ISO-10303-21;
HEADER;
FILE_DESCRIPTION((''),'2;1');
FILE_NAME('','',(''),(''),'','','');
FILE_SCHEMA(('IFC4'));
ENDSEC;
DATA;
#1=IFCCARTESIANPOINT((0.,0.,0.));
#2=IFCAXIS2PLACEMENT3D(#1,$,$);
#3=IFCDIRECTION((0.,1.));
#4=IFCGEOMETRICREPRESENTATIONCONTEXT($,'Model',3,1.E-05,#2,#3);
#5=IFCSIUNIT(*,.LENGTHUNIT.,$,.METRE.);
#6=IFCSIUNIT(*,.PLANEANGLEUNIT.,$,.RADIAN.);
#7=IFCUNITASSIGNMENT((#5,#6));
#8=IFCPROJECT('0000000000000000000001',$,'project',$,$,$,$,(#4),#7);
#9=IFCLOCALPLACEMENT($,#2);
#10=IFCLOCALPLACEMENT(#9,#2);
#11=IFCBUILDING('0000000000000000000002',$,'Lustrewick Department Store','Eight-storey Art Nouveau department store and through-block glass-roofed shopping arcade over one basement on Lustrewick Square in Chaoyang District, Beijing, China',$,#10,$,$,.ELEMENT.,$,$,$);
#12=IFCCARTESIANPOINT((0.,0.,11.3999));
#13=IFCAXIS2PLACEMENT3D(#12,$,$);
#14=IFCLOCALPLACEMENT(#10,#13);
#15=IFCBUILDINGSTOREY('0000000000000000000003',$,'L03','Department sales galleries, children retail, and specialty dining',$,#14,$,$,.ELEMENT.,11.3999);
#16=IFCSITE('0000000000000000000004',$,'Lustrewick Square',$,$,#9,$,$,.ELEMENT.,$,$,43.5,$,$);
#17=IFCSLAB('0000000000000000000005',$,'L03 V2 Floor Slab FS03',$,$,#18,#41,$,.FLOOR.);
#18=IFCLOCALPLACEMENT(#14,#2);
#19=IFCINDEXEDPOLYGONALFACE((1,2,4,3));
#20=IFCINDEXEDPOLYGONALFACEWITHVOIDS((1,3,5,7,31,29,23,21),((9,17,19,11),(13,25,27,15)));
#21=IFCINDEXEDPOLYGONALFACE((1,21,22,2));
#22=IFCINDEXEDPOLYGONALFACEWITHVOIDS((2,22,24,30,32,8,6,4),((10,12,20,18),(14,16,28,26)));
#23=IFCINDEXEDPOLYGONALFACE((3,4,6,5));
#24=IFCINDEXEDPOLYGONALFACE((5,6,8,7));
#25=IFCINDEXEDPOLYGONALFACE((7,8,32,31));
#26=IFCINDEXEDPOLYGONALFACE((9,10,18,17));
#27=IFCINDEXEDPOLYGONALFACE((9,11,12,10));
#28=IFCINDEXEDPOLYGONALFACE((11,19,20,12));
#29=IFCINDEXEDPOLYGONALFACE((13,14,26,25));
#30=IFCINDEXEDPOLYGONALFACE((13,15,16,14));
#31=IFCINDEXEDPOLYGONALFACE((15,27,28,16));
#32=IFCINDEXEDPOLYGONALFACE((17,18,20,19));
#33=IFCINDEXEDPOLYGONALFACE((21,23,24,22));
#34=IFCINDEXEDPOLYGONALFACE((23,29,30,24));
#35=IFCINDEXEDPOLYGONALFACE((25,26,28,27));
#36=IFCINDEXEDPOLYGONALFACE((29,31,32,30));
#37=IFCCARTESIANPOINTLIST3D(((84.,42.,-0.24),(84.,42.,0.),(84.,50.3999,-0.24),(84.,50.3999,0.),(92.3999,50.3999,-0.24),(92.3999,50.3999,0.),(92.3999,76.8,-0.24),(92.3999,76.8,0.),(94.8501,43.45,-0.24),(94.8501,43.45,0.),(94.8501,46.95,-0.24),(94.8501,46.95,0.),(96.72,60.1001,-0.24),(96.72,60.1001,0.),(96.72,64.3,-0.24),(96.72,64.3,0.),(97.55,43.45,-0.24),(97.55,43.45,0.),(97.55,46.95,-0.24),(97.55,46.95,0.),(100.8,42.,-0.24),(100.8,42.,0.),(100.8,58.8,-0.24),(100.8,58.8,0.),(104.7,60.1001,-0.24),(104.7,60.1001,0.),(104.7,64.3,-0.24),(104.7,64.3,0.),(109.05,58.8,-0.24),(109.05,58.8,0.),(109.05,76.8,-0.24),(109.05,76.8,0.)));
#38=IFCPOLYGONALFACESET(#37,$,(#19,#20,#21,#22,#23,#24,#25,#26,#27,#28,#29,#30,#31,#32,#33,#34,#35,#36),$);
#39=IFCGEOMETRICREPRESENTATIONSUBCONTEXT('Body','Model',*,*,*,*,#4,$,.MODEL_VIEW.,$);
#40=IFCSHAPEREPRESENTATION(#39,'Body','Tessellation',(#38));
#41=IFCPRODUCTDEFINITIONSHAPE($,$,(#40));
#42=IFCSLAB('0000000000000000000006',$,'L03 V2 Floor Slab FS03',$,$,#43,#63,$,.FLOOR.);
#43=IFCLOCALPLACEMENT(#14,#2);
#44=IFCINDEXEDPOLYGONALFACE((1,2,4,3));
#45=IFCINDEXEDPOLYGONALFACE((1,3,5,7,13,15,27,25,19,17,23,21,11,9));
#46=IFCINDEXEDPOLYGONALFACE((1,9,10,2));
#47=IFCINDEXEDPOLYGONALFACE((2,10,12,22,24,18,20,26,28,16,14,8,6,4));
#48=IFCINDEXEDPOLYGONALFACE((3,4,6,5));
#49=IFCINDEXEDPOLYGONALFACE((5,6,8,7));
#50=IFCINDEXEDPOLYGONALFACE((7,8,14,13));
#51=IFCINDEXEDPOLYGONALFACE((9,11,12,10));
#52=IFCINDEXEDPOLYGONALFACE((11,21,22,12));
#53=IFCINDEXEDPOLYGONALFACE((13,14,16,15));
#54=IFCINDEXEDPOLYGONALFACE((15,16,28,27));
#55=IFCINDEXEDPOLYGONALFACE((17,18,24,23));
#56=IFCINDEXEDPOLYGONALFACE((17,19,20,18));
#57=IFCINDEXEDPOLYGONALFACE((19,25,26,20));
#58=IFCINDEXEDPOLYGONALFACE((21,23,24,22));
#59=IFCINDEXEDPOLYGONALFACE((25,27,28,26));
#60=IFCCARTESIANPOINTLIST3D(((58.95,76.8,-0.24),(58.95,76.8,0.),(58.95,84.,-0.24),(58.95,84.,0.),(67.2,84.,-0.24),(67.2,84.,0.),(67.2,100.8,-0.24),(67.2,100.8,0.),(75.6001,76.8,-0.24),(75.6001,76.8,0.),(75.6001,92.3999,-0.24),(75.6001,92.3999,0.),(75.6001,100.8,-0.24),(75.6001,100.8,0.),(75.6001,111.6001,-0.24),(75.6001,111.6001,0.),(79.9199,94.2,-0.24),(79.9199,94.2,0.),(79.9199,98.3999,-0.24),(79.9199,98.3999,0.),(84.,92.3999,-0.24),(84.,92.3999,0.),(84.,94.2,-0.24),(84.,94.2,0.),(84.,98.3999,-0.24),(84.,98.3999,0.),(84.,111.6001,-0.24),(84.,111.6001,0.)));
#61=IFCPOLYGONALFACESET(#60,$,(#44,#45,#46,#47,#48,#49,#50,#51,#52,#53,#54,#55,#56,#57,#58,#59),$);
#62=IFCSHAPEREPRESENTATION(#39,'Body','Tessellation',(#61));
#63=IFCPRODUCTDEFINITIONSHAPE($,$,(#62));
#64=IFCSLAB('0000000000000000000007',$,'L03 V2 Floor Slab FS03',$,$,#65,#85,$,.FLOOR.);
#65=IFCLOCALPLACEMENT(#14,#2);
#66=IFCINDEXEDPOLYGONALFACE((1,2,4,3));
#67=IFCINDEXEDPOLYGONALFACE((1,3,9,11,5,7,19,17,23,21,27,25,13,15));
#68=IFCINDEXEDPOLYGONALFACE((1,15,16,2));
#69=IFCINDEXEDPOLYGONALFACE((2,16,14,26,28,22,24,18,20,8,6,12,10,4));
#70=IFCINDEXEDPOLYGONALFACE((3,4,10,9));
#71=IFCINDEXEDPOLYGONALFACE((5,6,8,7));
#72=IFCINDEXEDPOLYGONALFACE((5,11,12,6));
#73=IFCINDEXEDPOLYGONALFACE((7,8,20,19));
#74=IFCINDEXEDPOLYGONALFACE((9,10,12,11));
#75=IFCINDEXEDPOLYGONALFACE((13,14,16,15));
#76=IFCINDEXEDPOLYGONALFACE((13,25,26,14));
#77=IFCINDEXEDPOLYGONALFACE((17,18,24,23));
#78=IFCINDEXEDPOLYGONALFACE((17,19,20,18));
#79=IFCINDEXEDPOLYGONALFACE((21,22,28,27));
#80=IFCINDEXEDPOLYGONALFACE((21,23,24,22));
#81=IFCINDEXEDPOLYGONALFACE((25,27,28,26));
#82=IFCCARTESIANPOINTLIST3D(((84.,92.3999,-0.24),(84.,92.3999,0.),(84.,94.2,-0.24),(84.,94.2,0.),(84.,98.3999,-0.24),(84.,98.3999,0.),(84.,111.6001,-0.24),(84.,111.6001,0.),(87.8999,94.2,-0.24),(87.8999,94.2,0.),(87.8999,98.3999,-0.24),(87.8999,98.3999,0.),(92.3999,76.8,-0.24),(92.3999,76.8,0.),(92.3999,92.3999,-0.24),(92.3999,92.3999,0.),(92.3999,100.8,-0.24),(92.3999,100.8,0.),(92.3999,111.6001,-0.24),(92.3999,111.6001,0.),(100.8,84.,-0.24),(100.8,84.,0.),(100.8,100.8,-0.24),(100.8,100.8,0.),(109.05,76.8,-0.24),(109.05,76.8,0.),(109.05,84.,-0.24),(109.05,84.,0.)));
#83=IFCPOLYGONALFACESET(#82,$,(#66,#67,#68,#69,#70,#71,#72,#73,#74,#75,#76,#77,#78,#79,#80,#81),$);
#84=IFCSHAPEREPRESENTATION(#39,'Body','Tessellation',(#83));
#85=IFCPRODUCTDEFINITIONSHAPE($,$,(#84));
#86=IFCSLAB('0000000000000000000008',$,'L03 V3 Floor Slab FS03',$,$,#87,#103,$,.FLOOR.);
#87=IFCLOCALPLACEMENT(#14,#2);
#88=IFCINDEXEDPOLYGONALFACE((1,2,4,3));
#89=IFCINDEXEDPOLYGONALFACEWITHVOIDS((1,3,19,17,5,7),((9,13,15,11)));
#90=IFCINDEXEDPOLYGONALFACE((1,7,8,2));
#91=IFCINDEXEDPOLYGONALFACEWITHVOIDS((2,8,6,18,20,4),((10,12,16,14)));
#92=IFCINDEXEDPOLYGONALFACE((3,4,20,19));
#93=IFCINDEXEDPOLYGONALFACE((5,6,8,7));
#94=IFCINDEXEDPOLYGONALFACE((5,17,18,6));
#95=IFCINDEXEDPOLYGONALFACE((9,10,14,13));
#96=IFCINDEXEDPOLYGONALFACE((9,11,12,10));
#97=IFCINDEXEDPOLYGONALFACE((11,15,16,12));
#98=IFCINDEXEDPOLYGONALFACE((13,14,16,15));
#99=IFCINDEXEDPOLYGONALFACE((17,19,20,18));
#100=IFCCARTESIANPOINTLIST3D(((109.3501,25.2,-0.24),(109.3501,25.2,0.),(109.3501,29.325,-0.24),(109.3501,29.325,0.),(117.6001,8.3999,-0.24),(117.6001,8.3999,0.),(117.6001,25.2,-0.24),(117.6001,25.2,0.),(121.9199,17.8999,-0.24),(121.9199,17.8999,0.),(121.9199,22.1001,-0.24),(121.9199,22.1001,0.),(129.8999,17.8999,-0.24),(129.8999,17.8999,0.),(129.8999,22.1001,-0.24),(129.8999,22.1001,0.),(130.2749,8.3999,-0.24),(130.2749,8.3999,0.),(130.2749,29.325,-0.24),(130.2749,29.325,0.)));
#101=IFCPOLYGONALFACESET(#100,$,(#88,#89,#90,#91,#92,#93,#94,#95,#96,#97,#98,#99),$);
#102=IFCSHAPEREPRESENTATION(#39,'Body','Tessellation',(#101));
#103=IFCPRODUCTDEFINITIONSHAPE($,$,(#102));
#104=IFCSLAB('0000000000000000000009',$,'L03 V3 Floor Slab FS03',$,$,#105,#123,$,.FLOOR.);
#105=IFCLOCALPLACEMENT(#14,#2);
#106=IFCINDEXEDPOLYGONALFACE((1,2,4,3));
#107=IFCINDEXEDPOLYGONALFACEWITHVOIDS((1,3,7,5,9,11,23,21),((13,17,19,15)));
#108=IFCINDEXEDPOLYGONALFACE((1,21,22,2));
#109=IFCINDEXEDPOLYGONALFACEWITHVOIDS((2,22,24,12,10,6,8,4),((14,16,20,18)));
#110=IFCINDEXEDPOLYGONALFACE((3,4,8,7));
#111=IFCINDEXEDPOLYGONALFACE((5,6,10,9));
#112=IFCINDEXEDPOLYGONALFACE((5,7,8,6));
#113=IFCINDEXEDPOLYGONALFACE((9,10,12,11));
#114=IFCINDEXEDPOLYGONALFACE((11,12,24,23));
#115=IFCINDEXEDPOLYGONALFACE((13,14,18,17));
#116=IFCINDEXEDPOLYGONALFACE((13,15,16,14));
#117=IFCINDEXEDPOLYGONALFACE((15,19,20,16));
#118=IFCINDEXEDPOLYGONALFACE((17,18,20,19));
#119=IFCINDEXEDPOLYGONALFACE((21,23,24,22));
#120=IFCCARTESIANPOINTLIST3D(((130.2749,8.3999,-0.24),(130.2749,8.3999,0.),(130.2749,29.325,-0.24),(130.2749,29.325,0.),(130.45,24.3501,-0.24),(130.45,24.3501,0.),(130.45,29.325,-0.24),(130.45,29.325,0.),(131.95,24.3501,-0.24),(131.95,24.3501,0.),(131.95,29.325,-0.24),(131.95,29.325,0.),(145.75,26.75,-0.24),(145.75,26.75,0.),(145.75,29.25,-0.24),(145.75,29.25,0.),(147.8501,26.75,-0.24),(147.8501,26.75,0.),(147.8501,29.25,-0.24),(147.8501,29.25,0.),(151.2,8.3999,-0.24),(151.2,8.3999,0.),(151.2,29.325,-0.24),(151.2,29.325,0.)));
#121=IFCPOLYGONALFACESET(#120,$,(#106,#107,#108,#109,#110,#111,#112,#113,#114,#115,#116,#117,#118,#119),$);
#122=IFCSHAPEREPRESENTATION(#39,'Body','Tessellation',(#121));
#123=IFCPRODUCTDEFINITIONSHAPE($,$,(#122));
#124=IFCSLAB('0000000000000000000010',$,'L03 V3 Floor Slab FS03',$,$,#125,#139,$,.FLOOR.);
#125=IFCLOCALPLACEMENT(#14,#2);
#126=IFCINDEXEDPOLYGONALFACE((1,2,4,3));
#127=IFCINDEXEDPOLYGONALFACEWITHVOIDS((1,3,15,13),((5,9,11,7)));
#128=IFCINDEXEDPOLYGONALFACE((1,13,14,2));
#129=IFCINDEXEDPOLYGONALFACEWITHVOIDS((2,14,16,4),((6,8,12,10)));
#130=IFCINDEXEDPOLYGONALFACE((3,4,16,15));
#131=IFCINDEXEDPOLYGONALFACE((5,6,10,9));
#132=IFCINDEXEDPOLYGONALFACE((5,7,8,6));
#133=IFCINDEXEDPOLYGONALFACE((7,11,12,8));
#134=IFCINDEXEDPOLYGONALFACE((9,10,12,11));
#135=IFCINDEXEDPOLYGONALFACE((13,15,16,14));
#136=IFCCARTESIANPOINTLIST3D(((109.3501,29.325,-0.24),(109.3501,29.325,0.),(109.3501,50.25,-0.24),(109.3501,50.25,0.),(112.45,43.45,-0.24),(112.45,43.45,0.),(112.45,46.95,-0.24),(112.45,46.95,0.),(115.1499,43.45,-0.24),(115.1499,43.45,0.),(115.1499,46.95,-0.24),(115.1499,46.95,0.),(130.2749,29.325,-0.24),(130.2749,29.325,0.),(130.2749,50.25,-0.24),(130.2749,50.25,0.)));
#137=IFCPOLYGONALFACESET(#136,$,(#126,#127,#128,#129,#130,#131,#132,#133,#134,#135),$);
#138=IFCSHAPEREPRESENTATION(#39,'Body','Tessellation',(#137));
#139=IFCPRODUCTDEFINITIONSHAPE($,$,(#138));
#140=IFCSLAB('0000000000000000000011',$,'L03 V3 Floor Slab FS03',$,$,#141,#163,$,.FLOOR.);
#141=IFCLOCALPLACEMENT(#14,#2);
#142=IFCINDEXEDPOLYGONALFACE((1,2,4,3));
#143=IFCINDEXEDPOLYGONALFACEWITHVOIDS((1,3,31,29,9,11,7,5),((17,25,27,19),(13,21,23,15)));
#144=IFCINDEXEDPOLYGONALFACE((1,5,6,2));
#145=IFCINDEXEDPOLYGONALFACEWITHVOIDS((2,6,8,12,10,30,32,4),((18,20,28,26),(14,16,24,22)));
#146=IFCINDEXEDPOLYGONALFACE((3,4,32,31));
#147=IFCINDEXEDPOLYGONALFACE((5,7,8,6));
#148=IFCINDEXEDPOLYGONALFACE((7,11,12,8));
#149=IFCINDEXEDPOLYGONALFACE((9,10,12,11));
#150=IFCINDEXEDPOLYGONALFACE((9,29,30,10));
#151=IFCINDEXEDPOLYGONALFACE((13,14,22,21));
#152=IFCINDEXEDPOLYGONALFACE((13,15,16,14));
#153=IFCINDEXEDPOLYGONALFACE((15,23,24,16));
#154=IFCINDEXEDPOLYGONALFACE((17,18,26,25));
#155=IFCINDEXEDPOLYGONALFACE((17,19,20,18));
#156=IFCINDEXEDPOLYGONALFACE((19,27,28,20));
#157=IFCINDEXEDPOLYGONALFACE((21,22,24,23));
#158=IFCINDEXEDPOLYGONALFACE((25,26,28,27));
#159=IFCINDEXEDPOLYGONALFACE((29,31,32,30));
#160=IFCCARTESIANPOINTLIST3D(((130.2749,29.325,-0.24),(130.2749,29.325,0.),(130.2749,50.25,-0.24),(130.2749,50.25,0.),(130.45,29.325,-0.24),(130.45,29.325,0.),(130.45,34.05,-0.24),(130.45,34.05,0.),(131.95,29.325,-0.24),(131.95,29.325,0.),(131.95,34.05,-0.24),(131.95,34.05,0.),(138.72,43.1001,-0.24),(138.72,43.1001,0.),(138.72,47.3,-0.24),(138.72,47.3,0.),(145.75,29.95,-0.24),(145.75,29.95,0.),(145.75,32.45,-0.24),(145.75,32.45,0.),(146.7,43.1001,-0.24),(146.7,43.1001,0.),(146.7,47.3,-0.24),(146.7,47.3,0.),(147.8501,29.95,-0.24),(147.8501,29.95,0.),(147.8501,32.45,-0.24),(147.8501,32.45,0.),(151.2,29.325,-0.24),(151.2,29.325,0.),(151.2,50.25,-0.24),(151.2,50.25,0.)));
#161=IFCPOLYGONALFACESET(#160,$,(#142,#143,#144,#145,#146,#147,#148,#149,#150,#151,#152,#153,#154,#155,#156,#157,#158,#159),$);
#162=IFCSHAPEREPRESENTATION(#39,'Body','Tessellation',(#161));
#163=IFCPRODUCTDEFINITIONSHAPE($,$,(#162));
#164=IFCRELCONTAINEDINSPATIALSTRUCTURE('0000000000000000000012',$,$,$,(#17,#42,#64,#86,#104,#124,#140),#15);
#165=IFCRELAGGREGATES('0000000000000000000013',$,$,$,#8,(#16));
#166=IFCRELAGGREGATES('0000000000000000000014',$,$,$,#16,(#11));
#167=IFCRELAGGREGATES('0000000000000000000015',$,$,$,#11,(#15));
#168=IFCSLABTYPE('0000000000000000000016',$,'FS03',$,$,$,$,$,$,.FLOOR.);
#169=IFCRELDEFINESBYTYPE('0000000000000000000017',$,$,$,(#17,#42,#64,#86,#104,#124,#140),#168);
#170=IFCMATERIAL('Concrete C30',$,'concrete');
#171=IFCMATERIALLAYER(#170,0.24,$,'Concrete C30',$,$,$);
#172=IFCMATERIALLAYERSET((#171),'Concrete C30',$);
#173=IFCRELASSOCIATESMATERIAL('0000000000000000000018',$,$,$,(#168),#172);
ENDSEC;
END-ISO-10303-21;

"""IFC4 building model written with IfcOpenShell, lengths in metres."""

from ifc_helpers import new_model, si_unit, direction, frame, origin, place, context, subcontext, project, spatial, polyline, outline, extrude, material, layer, layer_set, type_object, element, save


model = new_model("IFC4")

# Units and contexts
model_context = context("Model", 3, precision=1e-05, world=origin(), true_north=direction((0.0, 1.0)))
body_context = subcontext(model_context, "Body", "Model", "MODEL_VIEW")
ifc_project = project(units=[si_unit("LENGTHUNIT", "METRE"), si_unit("PLANEANGLEUNIT", "RADIAN")], contexts=[model_context])

# Site, building, storey
site_placement = place(None, origin())
site = spatial("IfcSite", under=ifc_project, at=site_placement, Name="Lustrewick Square", CompositionType="ELEMENT", RefElevation=43.5)
building_placement = place(site_placement, origin())
building = spatial("IfcBuilding", under=site, at=building_placement, Name="Lustrewick Department Store", Description="Eight-storey Art Nouveau department store and through-block glass-roofed shopping arcade over one basement on Lustrewick Square in Chaoyang District, Beijing, China", CompositionType="ELEMENT")
storey_placement = place(building_placement, frame((0.0, 0.0, 11.3999)))
storey = spatial("IfcBuildingStorey", under=building, at=storey_placement, Name="L03", Description="Department sales galleries, children retail, and specialty dining", CompositionType="ELEMENT", Elevation=11.3999)

# Slabs
ifc_material_1 = material(Name="Concrete C30", Category="concrete")
ifc_layer_1 = layer(ifc_material_1, 0.24, Name="Concrete C30")
ifc_layer_set_1 = layer_set([ifc_layer_1], Name="Concrete C30")
slab_type_1 = type_object("IfcSlabType", Name="FS03", PredefinedType="FLOOR", material=ifc_layer_set_1)
slab_1_placement = place(storey_placement, frame((0.0, 0.0, -0.24)))
element("IfcSlab", 1, at=slab_1_placement, inside=storey, type_object=slab_type_1, Name="L03 V2 Floor Slab FS03", PredefinedType="FLOOR", context=body_context, shape_type="SweptSolid", body=[
    extrude(outline(polyline([(109.05, 58.8), (109.05, 76.8), (92.3999, 76.8), (92.3999, 50.3999), (84.0, 50.3999), (84.0, 42.0), (100.8, 42.0), (100.8, 58.8), (109.05, 58.8)]), holes=[polyline([(96.72, 60.1001), (96.72, 64.3), (104.7, 64.3), (104.7, 60.1001), (96.72, 60.1001)]), polyline([(94.8501, 43.45), (94.8501, 46.95), (97.55, 46.95), (97.55, 43.45), (94.8501, 43.45)])]), origin(), (0.0, 0.0, 1.0), 0.24),
])
slab_2_placement = place(storey_placement, frame((0.0, 0.0, -0.24)))
element("IfcSlab", 2, at=slab_2_placement, inside=storey, type_object=slab_type_1, Name="L03 V2 Floor Slab FS03", PredefinedType="FLOOR", context=body_context, shape_type="SweptSolid", body=[
    extrude(outline(polyline([(58.95, 84.0), (58.95, 76.8), (75.6001, 76.8), (75.6001, 92.3999), (84.0, 92.3999), (84.0, 94.2), (79.9199, 94.2), (79.9199, 98.3999), (84.0, 98.3999), (84.0, 111.6001), (75.6001, 111.6001), (75.6001, 100.8), (67.2, 100.8), (67.2, 84.0), (58.95, 84.0)])), origin(), (0.0, 0.0, 1.0), 0.24),
])
slab_3_placement = place(storey_placement, frame((0.0, 0.0, -0.24)))
element("IfcSlab", 3, at=slab_3_placement, inside=storey, type_object=slab_type_1, Name="L03 V2 Floor Slab FS03", PredefinedType="FLOOR", context=body_context, shape_type="SweptSolid", body=[
    extrude(outline(polyline([(92.3999, 111.6001), (84.0, 111.6001), (84.0, 98.3999), (87.8999, 98.3999), (87.8999, 94.2), (84.0, 94.2), (84.0, 92.3999), (92.3999, 92.3999), (92.3999, 76.8), (109.05, 76.8), (109.05, 84.0), (100.8, 84.0), (100.8, 100.8), (92.3999, 100.8), (92.3999, 111.6001)])), origin(), (0.0, 0.0, 1.0), 0.24),
])
slab_4_placement = place(storey_placement, frame((0.0, 0.0, -0.24)))
element("IfcSlab", 4, at=slab_4_placement, inside=storey, type_object=slab_type_1, Name="L03 V3 Floor Slab FS03", PredefinedType="FLOOR", context=body_context, shape_type="SweptSolid", body=[
    extrude(outline(polyline([(117.6001, 8.3999), (130.2749, 8.3999), (130.2749, 29.325), (109.3501, 29.325), (109.3501, 25.2), (117.6001, 25.2), (117.6001, 8.3999)]), holes=[polyline([(121.9199, 17.8999), (121.9199, 22.1001), (129.8999, 22.1001), (129.8999, 17.8999), (121.9199, 17.8999)])]), origin(), (0.0, 0.0, 1.0), 0.24),
])
slab_5_placement = place(storey_placement, frame((0.0, 0.0, -0.24)))
element("IfcSlab", 5, at=slab_5_placement, inside=storey, type_object=slab_type_1, Name="L03 V3 Floor Slab FS03", PredefinedType="FLOOR", context=body_context, shape_type="SweptSolid", body=[
    extrude(outline(polyline([(151.2, 8.3999), (151.2, 29.325), (131.95, 29.325), (131.95, 24.3501), (130.45, 24.3501), (130.45, 29.325), (130.2749, 29.325), (130.2749, 8.3999), (151.2, 8.3999)]), holes=[polyline([(145.75, 26.75), (145.75, 29.25), (147.8501, 29.25), (147.8501, 26.75), (145.75, 26.75)])]), origin(), (0.0, 0.0, 1.0), 0.24),
])
slab_6_placement = place(storey_placement, frame((0.0, 0.0, -0.24)))
element("IfcSlab", 6, at=slab_6_placement, inside=storey, type_object=slab_type_1, Name="L03 V3 Floor Slab FS03", PredefinedType="FLOOR", context=body_context, shape_type="SweptSolid", body=[
    extrude(outline(polyline([(109.3501, 50.25), (109.3501, 29.325), (130.2749, 29.325), (130.2749, 50.25), (109.3501, 50.25)]), holes=[polyline([(112.45, 43.45), (112.45, 46.95), (115.1499, 46.95), (115.1499, 43.45), (112.45, 43.45)])]), origin(), (0.0, 0.0, 1.0), 0.24),
])
slab_7_placement = place(storey_placement, frame((0.0, 0.0, -0.24)))
element("IfcSlab", 7, at=slab_7_placement, inside=storey, type_object=slab_type_1, Name="L03 V3 Floor Slab FS03", PredefinedType="FLOOR", context=body_context, shape_type="SweptSolid", body=[
    extrude(outline(polyline([(151.2, 29.325), (151.2, 50.25), (130.2749, 50.25), (130.2749, 29.325), (130.45, 29.325), (130.45, 34.05), (131.95, 34.05), (131.95, 29.325), (151.2, 29.325)]), holes=[polyline([(145.75, 29.95), (145.75, 32.45), (147.8501, 32.45), (147.8501, 29.95), (145.75, 29.95)]), polyline([(138.72, 43.1001), (138.72, 47.3), (146.7, 47.3), (146.7, 43.1001), (138.72, 43.1001)])]), origin(), (0.0, 0.0, 1.0), 0.24),
])

save(model, "model.ifc")
